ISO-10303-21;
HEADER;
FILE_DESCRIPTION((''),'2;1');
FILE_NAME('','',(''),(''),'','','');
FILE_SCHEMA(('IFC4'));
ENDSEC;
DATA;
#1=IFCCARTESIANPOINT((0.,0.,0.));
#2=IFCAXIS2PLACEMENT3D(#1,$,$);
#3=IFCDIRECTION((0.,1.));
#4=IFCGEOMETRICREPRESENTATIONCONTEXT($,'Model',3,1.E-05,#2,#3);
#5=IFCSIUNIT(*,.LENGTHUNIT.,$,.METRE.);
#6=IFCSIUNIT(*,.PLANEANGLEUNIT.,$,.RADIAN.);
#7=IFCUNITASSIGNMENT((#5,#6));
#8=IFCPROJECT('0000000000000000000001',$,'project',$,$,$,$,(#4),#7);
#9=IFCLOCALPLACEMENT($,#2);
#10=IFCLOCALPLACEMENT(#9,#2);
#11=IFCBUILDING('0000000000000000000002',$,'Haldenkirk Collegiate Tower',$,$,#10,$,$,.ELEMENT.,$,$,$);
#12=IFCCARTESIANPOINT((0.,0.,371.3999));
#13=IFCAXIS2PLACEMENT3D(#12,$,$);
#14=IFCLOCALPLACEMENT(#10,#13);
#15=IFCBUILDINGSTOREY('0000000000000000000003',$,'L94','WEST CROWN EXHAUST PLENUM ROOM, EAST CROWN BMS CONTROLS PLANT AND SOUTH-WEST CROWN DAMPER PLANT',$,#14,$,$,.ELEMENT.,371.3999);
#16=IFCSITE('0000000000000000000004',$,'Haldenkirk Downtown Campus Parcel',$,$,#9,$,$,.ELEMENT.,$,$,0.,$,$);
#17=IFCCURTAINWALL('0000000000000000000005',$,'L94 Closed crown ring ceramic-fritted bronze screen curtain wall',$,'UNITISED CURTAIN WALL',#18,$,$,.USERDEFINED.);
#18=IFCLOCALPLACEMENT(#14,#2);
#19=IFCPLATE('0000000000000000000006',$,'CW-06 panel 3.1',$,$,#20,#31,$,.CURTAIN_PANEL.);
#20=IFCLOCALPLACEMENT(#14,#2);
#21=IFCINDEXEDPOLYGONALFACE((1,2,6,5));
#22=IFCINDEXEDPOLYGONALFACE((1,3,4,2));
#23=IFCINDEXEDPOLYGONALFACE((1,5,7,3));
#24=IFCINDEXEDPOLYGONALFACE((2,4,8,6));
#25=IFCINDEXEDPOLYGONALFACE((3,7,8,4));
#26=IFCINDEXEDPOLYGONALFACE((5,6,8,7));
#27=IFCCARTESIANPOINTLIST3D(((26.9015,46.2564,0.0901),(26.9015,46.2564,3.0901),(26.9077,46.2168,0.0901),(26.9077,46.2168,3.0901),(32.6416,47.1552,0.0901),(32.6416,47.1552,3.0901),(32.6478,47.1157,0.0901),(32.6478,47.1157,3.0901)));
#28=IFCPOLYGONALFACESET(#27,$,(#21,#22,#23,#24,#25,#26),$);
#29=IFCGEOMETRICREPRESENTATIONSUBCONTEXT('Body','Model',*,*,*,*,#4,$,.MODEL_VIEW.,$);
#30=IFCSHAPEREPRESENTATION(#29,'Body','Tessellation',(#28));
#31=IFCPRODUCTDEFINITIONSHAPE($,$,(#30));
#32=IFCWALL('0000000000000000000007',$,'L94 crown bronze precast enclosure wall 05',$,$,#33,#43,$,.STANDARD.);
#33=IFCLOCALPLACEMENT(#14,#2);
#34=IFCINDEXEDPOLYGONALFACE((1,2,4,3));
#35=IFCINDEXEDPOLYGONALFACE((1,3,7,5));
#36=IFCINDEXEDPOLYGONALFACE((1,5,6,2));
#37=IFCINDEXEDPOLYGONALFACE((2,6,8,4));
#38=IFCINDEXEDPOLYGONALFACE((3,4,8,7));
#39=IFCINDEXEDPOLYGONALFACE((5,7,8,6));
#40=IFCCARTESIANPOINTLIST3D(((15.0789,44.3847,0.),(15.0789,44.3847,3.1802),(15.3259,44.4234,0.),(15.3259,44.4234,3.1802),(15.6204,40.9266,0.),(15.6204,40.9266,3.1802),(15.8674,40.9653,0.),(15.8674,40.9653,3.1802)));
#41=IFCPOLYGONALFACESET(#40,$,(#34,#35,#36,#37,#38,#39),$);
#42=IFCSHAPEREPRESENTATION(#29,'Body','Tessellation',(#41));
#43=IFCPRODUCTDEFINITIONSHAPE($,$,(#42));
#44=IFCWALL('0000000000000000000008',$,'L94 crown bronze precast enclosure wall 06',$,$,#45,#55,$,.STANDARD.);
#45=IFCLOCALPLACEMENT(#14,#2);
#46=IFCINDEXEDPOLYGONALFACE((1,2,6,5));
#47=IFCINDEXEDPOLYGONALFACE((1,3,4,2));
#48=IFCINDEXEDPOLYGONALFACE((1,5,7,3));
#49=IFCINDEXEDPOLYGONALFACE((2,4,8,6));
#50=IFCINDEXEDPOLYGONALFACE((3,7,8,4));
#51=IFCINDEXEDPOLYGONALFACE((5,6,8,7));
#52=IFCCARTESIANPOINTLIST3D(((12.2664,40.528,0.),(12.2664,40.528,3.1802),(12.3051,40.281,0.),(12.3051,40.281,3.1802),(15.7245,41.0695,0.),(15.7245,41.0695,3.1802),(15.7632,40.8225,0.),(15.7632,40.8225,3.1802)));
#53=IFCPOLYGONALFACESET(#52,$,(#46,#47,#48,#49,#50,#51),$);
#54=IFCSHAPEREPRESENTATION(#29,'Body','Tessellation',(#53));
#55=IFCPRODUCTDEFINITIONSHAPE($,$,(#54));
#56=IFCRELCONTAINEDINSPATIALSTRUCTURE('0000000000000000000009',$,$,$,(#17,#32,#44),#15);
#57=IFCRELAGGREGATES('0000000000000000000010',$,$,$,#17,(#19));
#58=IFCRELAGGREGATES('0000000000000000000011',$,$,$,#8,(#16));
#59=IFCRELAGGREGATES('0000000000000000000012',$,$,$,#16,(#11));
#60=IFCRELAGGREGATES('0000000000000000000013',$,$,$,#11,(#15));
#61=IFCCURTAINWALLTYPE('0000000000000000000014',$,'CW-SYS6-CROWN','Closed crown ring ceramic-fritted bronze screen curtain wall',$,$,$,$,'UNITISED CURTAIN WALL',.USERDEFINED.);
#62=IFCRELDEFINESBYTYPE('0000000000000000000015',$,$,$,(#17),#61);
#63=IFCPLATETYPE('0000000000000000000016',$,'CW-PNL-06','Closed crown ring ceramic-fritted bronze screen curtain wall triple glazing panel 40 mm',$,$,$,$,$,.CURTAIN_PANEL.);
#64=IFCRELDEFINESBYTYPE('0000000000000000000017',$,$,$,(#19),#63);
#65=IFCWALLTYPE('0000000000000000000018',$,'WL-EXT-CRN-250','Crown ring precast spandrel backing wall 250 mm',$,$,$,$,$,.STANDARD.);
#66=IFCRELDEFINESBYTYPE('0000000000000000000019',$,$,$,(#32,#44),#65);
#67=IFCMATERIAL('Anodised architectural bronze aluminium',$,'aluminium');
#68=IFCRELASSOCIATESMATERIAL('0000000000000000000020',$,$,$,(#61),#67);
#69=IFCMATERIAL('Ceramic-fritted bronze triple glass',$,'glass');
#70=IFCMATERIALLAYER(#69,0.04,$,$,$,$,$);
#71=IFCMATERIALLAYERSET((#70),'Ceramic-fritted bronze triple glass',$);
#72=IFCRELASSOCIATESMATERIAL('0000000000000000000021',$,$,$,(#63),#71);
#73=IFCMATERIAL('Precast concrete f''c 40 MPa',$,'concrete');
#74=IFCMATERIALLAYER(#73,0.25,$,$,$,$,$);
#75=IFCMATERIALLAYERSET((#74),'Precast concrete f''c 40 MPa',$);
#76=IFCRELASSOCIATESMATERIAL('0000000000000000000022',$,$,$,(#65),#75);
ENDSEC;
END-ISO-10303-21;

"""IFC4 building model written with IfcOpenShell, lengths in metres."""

from ifc_helpers import new_model, si_unit, direction, frame, frame_2d, origin, origin_2d, place, context, subcontext, project, spatial, rectangle, extrude, source, transform, mapped, material, layer, layer_set, type_object, element, aggregate, save


model = new_model("IFC4")

# Units and contexts
model_context = context("Model", 3, precision=1e-05, world=origin(), true_north=direction((0.0, 1.0)))
body_context = subcontext(model_context, "Body", "Model", "MODEL_VIEW")
ifc_project = project(units=[si_unit("LENGTHUNIT", "METRE"), si_unit("PLANEANGLEUNIT", "RADIAN")], contexts=[model_context])

# Site, building, storey
site_placement = place(None, origin())
site = spatial("IfcSite", under=ifc_project, at=site_placement, Name="Haldenkirk Downtown Campus Parcel", CompositionType="ELEMENT", RefElevation=0.0)
building_placement = place(site_placement, origin())
building = spatial("IfcBuilding", under=site, at=building_placement, Name="Haldenkirk Collegiate Tower", CompositionType="ELEMENT")
storey_placement = place(building_placement, frame((0.0, 0.0, 371.3999)))
storey = spatial("IfcBuildingStorey", under=building, at=storey_placement, Name="L94", Description="WEST CROWN EXHAUST PLENUM ROOM, EAST CROWN BMS CONTROLS PLANT AND SOUTH-WEST CROWN DAMPER PLANT", CompositionType="ELEMENT", Elevation=371.3999)

# Curtain wall
ifc_material_1 = material(Name="Anodised architectural bronze aluminium", Category="aluminium")
curtain_wall_type = type_object("IfcCurtainWallType", Name="CW-SYS6-CROWN", Description="Closed crown ring ceramic-fritted bronze screen curtain wall", ElementType="UNITISED CURTAIN WALL", PredefinedType="USERDEFINED", material=ifc_material_1)
curtain_wall_1_placement = place(storey_placement, origin())
curtain_wall_1 = element("IfcCurtainWall", 1, at=curtain_wall_1_placement, inside=storey, type_object=curtain_wall_type, Name="L94 Closed crown ring ceramic-fritted bronze screen curtain wall", ObjectType="UNITISED CURTAIN WALL", PredefinedType="USERDEFINED")

# Plate
ifc_material_2 = material(Name="Ceramic-fritted bronze triple glass", Category="glass")
ifc_layer_1 = layer(ifc_material_2, 0.04)
ifc_layer_set_1 = layer_set([ifc_layer_1], Name="Ceramic-fritted bronze triple glass")
plate_type_1 = type_object("IfcPlateType", Name="CW-PNL-06", Description="Closed crown ring ceramic-fritted bronze screen curtain wall triple glazing panel 40 mm", PredefinedType="CURTAIN_PANEL", material=ifc_layer_set_1)
shared_shape_1 = source(origin(), body_context, "Body", "SweptSolid", [
    extrude(rectangle(XDim=5.8101, YDim=0.04, at=origin_2d()), origin(), (0.0, 0.0, 1.0), 3.0),
])
plate_1_placement = place(storey_placement, frame((29.7747, 46.686, 0.0901), z_axis=(0.0, 0.0, 1.0), x_axis=(0.98796, 0.154709, 0.0)))
plate_1 = element("IfcPlate", 2, at=plate_1_placement, type_object=plate_type_1, Name="CW-06 panel 3.1", PredefinedType="CURTAIN_PANEL", context=body_context, shape_type="MappedRepresentation", body=[
    mapped(shared_shape_1, transform((0.0, 0.0, 0.0), x_axis=(1.0, 0.0, 0.0), y_axis=(0.0, 1.0, 0.0), z_axis=(0.0, 0.0, 1.0), scale=1.0)),
])
aggregate(curtain_wall_1, [plate_1])

# Walls
ifc_material_3 = material(Name="Precast concrete f'c 40 MPa", Category="concrete")
ifc_layer_2 = layer(ifc_material_3, 0.25)
ifc_layer_set_2 = layer_set([ifc_layer_2], Name="Precast concrete f'c 40 MPa")
wall_type = type_object("IfcWallType", Name="WL-EXT-CRN-250", Description="Crown ring precast spandrel backing wall 250 mm", PredefinedType="STANDARD", material=ifc_layer_set_2)
for number, where, z_axis, x_axis, name in (
    (3, (15.7439, 40.946, 0.0), (0.0, 0.0, 1.0), (-0.154709, 0.98796, 0.0), "L94 crown bronze precast enclosure wall 05"),
    (4, (12.2859, 40.4045, 0.0), (0.0, 0.0, 1.0), (0.98796, 0.154709, 0.0), "L94 crown bronze precast enclosure wall 06"),
):
    element("IfcWall", number, at=place(storey_placement, frame(where, z_axis=z_axis, x_axis=x_axis)), inside=storey, type_object=wall_type, Name=name, PredefinedType="STANDARD", context=body_context, shape_type="SweptSolid", body=[
        extrude(rectangle(XDim=3.5002, YDim=0.25, at=frame_2d((1.75, 0.0))), origin(), (0.0, 0.0, 1.0), 3.1802),
    ])

save(model, "model.ifc")
